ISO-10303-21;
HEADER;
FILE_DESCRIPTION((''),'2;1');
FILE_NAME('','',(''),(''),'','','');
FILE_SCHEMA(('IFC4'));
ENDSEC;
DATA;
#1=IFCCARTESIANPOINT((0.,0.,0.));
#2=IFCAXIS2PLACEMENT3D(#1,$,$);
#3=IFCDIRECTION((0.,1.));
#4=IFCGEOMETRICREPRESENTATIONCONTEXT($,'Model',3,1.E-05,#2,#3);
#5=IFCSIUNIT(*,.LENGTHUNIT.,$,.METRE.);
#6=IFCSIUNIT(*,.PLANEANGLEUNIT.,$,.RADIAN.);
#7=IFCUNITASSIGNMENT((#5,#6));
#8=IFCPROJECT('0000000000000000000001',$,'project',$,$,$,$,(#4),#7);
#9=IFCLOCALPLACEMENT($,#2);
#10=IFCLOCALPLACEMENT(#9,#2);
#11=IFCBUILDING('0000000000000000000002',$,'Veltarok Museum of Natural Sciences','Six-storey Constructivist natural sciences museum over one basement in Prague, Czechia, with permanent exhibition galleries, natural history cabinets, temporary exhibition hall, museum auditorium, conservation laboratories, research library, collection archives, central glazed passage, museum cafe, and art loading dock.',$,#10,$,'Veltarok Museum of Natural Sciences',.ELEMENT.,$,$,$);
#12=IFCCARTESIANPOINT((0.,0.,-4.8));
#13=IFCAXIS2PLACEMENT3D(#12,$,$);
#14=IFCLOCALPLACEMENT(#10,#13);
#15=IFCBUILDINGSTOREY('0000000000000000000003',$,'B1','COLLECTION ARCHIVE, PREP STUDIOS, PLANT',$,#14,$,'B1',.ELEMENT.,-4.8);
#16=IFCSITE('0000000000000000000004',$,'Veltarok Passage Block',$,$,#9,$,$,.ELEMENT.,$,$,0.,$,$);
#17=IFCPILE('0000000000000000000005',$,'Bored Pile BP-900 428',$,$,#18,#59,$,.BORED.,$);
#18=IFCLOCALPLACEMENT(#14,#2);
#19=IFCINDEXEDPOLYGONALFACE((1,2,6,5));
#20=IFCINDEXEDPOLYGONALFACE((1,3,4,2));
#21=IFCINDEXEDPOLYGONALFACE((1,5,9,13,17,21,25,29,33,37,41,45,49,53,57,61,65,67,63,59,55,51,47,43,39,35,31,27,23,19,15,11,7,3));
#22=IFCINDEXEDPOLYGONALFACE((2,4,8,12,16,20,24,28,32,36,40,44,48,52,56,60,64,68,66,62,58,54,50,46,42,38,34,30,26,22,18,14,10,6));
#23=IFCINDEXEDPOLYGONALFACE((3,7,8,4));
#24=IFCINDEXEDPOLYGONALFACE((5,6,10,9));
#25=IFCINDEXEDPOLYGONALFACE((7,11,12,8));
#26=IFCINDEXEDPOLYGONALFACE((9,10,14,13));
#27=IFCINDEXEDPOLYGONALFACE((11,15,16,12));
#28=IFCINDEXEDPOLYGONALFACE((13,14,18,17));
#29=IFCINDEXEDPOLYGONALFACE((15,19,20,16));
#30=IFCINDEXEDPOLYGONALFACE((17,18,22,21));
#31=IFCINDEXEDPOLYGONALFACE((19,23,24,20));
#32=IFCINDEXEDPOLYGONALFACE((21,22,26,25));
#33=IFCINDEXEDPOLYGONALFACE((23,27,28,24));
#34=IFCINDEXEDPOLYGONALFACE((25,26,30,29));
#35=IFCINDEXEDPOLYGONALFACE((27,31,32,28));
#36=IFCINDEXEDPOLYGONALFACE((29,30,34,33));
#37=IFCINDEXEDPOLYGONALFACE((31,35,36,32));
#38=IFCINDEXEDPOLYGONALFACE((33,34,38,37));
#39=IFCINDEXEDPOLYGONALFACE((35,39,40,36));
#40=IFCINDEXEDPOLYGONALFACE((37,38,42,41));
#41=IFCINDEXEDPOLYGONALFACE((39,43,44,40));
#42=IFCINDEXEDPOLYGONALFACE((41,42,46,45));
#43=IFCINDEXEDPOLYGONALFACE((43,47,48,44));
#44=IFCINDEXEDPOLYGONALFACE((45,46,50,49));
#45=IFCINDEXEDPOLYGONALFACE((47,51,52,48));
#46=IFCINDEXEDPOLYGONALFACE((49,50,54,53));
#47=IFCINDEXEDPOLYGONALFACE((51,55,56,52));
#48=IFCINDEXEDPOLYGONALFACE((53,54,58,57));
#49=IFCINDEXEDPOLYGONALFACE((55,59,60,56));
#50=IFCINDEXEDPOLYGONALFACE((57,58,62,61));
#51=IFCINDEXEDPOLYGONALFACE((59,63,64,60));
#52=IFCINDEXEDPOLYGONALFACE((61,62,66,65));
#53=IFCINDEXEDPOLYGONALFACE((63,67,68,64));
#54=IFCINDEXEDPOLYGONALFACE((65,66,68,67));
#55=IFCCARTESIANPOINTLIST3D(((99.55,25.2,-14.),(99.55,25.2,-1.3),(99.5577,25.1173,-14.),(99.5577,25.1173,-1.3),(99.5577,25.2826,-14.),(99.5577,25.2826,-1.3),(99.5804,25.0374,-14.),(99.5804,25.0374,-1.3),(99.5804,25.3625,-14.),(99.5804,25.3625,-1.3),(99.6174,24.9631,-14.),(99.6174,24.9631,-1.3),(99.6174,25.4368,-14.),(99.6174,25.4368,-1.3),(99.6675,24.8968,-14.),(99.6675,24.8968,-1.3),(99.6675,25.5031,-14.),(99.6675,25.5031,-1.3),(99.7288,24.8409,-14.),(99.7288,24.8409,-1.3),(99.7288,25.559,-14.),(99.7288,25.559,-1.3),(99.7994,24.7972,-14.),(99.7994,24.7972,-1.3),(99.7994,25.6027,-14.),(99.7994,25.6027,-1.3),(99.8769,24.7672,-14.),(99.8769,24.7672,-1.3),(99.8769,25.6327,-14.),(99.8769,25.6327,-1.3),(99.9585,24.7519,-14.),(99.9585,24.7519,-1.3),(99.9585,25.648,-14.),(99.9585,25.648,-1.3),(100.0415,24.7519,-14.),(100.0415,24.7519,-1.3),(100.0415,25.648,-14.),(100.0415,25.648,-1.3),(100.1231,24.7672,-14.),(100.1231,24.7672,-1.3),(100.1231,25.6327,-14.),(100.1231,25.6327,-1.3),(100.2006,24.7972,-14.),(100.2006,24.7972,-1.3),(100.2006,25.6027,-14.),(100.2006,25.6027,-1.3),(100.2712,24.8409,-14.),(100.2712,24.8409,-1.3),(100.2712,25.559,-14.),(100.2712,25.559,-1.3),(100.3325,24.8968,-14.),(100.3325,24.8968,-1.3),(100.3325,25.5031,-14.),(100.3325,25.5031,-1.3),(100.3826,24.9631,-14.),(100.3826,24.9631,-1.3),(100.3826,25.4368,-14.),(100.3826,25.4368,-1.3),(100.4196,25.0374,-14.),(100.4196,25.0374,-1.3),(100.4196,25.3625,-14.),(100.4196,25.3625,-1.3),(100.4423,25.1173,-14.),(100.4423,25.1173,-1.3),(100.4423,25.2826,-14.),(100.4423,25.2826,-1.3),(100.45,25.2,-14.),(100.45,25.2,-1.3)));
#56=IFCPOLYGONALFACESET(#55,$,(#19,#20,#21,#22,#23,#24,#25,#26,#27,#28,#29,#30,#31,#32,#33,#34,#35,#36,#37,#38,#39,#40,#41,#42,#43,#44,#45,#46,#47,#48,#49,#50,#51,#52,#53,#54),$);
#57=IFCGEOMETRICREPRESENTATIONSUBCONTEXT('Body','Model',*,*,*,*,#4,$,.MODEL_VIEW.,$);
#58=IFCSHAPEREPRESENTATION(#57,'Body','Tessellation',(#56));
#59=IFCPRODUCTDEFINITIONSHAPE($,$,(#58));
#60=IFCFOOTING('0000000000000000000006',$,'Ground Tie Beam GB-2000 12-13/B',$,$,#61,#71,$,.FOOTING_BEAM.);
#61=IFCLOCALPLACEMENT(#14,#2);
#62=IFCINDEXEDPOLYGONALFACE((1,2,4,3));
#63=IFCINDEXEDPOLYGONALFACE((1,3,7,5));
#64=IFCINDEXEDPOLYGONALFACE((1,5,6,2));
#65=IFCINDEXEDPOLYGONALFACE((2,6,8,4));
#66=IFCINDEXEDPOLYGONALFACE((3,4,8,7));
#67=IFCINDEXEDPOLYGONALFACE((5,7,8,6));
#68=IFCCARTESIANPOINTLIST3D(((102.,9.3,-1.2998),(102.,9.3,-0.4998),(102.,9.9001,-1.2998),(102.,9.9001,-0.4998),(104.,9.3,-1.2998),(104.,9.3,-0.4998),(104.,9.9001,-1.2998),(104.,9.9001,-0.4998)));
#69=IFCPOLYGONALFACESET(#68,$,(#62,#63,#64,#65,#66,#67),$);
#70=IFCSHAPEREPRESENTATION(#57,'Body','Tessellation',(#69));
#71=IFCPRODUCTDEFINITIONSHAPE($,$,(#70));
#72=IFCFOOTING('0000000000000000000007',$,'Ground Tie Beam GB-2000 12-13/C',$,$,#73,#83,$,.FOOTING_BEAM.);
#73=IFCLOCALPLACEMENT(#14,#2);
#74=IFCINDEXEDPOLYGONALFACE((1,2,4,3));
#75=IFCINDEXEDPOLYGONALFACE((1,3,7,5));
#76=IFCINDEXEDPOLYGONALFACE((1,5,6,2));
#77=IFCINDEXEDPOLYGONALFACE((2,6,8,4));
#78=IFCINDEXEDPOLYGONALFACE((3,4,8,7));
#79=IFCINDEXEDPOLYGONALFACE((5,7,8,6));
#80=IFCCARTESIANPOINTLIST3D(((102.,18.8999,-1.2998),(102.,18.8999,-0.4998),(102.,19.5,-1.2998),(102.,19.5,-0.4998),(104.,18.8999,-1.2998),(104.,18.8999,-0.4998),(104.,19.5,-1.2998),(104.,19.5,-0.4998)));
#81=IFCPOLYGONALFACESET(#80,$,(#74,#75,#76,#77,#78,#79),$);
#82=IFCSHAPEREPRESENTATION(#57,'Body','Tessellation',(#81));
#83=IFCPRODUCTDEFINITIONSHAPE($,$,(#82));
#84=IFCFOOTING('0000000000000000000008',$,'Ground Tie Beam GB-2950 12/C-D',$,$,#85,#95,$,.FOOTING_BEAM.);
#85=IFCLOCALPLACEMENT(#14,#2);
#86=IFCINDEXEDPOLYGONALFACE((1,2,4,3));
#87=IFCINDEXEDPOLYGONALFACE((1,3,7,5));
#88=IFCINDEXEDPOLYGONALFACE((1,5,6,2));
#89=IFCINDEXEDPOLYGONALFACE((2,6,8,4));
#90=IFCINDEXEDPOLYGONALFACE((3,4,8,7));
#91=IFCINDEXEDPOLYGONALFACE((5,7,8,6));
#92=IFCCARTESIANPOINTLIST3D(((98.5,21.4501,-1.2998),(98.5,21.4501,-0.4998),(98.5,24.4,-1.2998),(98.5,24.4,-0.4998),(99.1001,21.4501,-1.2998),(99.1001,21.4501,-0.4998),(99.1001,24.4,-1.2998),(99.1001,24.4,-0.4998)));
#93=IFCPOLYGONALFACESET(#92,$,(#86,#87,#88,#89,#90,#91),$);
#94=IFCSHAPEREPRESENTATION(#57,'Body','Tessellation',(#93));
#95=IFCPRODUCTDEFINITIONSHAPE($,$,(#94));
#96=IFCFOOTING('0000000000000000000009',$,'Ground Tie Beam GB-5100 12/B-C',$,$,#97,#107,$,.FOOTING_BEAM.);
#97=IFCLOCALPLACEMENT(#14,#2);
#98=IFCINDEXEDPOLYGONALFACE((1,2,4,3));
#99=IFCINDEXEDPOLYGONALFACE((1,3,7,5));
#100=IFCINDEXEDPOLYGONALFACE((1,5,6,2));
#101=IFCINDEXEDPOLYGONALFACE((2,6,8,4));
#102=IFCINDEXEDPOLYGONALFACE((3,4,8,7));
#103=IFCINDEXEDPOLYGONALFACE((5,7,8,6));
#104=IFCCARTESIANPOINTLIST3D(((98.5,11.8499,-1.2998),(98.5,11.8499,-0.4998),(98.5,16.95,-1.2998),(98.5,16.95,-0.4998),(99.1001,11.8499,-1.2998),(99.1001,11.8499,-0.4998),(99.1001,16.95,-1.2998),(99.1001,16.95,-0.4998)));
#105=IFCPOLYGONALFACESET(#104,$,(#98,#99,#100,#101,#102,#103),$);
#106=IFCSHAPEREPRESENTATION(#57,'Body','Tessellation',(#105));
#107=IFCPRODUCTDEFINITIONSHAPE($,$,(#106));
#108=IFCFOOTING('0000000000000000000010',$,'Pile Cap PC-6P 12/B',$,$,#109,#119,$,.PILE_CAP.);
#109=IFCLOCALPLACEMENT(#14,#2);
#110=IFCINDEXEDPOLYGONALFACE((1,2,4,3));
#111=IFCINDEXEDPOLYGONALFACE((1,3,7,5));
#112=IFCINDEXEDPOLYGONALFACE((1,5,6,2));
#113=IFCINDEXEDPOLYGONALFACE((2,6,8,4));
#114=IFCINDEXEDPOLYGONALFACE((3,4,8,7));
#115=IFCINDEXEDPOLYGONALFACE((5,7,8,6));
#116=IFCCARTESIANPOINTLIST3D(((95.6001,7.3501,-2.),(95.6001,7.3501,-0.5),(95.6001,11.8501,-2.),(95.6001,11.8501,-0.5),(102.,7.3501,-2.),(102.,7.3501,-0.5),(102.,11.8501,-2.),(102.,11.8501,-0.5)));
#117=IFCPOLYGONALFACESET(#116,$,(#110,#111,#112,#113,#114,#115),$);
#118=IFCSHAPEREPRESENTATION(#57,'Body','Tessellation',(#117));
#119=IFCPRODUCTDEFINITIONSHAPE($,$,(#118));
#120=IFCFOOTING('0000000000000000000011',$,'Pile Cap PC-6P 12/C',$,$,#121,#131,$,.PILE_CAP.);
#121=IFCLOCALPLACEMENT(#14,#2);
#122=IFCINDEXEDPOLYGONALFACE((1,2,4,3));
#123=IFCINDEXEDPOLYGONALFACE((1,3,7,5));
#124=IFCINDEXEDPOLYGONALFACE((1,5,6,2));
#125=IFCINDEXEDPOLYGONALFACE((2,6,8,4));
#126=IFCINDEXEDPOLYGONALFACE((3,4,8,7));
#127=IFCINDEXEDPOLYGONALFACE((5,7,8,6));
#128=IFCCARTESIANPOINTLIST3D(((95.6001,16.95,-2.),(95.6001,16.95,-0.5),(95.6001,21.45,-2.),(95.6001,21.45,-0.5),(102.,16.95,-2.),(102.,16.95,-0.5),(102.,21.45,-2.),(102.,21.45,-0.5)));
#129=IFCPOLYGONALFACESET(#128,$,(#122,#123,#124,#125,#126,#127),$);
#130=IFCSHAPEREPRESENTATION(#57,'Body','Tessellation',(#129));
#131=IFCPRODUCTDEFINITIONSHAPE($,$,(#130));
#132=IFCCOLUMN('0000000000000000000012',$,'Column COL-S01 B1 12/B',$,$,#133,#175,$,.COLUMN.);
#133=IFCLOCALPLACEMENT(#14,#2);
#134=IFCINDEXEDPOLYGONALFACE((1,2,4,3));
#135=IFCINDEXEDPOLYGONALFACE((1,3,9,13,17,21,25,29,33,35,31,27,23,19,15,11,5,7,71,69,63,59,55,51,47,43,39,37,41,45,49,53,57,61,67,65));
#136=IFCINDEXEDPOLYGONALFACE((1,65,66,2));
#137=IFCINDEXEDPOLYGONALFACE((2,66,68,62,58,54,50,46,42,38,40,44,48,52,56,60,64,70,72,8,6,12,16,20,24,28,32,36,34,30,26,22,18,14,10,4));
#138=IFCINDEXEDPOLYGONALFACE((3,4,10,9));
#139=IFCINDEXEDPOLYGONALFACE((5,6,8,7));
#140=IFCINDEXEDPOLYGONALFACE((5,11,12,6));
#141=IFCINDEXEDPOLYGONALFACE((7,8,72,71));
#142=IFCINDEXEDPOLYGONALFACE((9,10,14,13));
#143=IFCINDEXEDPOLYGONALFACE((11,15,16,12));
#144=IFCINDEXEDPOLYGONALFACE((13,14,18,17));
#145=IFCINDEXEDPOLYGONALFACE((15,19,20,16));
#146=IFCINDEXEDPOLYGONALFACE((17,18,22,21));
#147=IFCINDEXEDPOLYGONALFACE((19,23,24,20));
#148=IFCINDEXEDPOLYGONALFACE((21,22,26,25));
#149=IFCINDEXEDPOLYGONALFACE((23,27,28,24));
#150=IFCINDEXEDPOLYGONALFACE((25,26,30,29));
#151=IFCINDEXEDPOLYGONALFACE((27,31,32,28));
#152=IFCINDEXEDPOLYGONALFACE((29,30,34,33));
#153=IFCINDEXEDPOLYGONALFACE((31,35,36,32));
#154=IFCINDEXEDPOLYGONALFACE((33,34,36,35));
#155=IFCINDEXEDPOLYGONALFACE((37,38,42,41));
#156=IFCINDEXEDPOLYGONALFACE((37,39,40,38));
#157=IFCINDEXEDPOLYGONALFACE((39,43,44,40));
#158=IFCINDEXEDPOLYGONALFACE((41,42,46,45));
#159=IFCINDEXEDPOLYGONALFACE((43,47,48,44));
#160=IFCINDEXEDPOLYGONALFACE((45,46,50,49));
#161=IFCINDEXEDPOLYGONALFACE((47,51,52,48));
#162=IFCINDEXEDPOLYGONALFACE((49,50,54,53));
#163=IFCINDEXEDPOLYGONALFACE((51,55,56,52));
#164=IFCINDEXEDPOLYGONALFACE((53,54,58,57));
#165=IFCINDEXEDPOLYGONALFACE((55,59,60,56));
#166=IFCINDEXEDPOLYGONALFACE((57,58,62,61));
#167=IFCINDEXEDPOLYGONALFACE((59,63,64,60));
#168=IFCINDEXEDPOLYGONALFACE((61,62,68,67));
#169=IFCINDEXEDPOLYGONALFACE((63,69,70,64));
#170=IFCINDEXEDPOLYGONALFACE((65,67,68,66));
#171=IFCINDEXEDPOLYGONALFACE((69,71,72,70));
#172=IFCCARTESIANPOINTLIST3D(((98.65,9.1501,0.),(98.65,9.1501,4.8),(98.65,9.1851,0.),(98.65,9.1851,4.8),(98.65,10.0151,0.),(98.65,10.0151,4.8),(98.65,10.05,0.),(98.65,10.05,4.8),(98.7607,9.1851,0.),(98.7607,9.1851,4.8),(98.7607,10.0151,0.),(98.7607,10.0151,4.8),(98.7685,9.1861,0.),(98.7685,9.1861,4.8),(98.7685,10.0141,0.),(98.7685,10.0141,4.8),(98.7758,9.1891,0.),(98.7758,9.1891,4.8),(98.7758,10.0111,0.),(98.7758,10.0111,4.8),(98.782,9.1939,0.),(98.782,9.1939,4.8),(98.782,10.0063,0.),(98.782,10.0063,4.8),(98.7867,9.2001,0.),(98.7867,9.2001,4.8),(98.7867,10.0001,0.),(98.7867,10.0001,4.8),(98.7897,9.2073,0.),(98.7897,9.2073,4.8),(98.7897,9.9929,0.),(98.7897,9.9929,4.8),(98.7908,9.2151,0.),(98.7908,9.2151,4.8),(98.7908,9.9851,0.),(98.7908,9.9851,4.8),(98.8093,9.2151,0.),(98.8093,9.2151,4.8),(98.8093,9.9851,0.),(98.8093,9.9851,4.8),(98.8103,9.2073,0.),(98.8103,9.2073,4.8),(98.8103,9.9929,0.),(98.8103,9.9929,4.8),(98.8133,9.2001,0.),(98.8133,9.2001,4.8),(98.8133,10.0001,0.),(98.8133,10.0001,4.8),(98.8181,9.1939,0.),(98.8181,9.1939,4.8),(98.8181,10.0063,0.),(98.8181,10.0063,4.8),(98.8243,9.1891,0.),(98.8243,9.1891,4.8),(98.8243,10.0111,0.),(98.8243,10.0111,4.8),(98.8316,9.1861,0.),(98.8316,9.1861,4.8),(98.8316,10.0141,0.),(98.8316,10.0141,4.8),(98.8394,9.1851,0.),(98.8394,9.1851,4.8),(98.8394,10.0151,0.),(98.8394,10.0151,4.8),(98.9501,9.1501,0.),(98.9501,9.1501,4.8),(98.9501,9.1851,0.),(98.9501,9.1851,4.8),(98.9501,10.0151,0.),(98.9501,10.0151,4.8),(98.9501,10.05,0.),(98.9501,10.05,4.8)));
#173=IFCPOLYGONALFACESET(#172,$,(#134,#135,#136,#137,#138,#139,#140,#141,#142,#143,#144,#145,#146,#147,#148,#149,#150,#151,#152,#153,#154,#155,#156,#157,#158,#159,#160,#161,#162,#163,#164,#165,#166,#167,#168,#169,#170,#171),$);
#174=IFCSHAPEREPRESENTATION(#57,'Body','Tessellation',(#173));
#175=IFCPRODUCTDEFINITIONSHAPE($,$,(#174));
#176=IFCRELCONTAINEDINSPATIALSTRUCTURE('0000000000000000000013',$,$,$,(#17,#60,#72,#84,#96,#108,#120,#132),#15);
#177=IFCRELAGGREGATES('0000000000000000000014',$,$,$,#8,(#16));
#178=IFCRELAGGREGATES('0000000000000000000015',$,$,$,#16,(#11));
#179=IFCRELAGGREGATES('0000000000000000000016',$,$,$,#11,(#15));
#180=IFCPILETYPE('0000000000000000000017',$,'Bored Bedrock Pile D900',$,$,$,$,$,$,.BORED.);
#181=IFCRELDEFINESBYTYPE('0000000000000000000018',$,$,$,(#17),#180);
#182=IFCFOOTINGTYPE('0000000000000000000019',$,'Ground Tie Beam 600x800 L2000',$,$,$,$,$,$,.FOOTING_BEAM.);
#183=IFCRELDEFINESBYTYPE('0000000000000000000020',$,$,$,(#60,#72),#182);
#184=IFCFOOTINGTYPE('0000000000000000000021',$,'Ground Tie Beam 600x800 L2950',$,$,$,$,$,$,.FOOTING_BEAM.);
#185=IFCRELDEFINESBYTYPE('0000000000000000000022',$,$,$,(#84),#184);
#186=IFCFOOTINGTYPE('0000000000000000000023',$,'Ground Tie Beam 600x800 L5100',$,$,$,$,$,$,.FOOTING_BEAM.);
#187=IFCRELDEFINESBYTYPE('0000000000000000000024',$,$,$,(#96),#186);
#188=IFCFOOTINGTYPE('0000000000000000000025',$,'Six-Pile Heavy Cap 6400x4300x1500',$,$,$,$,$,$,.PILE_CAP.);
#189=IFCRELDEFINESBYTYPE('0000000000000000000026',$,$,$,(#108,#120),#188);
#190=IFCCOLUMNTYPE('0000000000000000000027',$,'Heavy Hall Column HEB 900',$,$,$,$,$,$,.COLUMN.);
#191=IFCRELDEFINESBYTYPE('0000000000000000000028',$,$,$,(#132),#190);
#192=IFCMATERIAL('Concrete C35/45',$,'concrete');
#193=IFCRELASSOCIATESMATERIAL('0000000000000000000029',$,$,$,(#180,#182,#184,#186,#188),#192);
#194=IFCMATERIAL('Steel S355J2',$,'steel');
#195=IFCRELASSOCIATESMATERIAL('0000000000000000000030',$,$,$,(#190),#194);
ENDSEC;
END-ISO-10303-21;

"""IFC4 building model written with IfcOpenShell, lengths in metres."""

from ifc_helpers import new_model, si_unit, direction, frame, origin, origin_2d, place, context, subcontext, project, spatial, rectangle, circle, i_section, extrude, material, material_profile, profile_set, type_object, element, save


model = new_model("IFC4")

# Units and contexts
model_context = context("Model", 3, precision=1e-05, world=origin(), true_north=direction((0.0, 1.0)))
body_context = subcontext(model_context, "Body", "Model", "MODEL_VIEW")
ifc_project = project(units=[si_unit("LENGTHUNIT", "METRE"), si_unit("PLANEANGLEUNIT", "RADIAN")], contexts=[model_context])

# Site, building, storey
site_placement = place(None, origin())
site = spatial("IfcSite", under=ifc_project, at=site_placement, Name="Veltarok Passage Block", CompositionType="ELEMENT", RefElevation=0.0)
building_placement = place(site_placement, origin())
building = spatial("IfcBuilding", under=site, at=building_placement, Name="Veltarok Museum of Natural Sciences", Description="Six-storey Constructivist natural sciences museum over one basement in Prague, Czechia, with permanent exhibition galleries, natural history cabinets, temporary exhibition hall, museum auditorium, conservation laboratories, research library, collection archives, central glazed passage, museum cafe, and art loading dock.", LongName="Veltarok Museum of Natural Sciences", CompositionType="ELEMENT")
storey_placement = place(building_placement, frame((0.0, 0.0, -4.8)))
storey = spatial("IfcBuildingStorey", under=building, at=storey_placement, Name="B1", Description="COLLECTION ARCHIVE, PREP STUDIOS, PLANT", LongName="B1", CompositionType="ELEMENT", Elevation=-4.8)

# Pile
ifc_material_1 = material(Name="Concrete C35/45", Category="concrete")
ifc_material_profile_1 = material_profile(ifc_material_1, circle(Radius=0.45, at=origin_2d()), Name="BP D900")
ifc_profile_set_1 = profile_set([ifc_material_profile_1], Name="Concrete C35/45")
pile_type_1 = type_object("IfcPileType", Name="Bored Bedrock Pile D900", PredefinedType="BORED", material=ifc_profile_set_1)
for number, where, z_axis, x_axis, name in (
    (1, (100.0, 25.2, -1.3), (0.0, 0.0, -1.0), (1.0, 0.0, 0.0), "Bored Pile BP-900 428"),
):
    element("IfcPile", number, at=place(storey_placement, frame(where, z_axis=z_axis, x_axis=x_axis)), inside=storey, type_object=pile_type_1, Name=name, PredefinedType="BORED", context=body_context, shape_type="SweptSolid", body=[
        extrude(circle(Radius=0.45, at=origin_2d()), origin(), (0.0, 0.0, 1.0), 12.7),
    ])

# Footings
footing_type_1 = type_object("IfcFootingType", Name="Ground Tie Beam 600x800 L2000", PredefinedType="FOOTING_BEAM", material=ifc_material_1)
for number, where, z_axis, x_axis, name in (
    (2, (103.0, 9.6001, -1.2998), (0.0, 0.0, 1.0), (1.0, 0.0, 0.0), "Ground Tie Beam GB-2000 12-13/B"),
    (3, (103.0, 19.2, -1.2998), (0.0, 0.0, 1.0), (1.0, 0.0, 0.0), "Ground Tie Beam GB-2000 12-13/C"),
):
    element("IfcFooting", number, at=place(storey_placement, frame(where, z_axis=z_axis, x_axis=x_axis)), inside=storey, type_object=footing_type_1, Name=name, PredefinedType="FOOTING_BEAM", context=body_context, shape_type="SweptSolid", body=[
        extrude(rectangle(XDim=2.0, YDim=0.6001, at=origin_2d()), origin(), (0.0, 0.0, 1.0), 0.8),
    ])
footing_type_2 = type_object("IfcFootingType", Name="Ground Tie Beam 600x800 L2950", PredefinedType="FOOTING_BEAM", material=ifc_material_1)
footing_1_placement = place(storey_placement, frame((98.8, 22.925, -1.2998), z_axis=(0.0, 0.0, 1.0), x_axis=(0.0, 1.0, 0.0)))
element("IfcFooting", 4, at=footing_1_placement, inside=storey, type_object=footing_type_2, Name="Ground Tie Beam GB-2950 12/C-D", PredefinedType="FOOTING_BEAM", context=body_context, shape_type="SweptSolid", body=[
    extrude(rectangle(XDim=2.95, YDim=0.6001, at=origin_2d()), origin(), (0.0, 0.0, 1.0), 0.8),
])
footing_type_3 = type_object("IfcFootingType", Name="Ground Tie Beam 600x800 L5100", PredefinedType="FOOTING_BEAM", material=ifc_material_1)
footing_2_placement = place(storey_placement, frame((98.8, 14.3999, -1.2998), z_axis=(0.0, 0.0, 1.0), x_axis=(0.0, 1.0, 0.0)))
element("IfcFooting", 5, at=footing_2_placement, inside=storey, type_object=footing_type_3, Name="Ground Tie Beam GB-5100 12/B-C", PredefinedType="FOOTING_BEAM", context=body_context, shape_type="SweptSolid", body=[
    extrude(rectangle(XDim=5.1001, YDim=0.6001, at=origin_2d()), origin(), (0.0, 0.0, 1.0), 0.8),
])
footing_type_4 = type_object("IfcFootingType", Name="Six-Pile Heavy Cap 6400x4300x1500", PredefinedType="PILE_CAP", material=ifc_material_1)
for number, where, z_axis, x_axis, name in (
    (6, (98.8, 9.6001, -2.0), (0.0, 0.0, 1.0), (1.0, 0.0, 0.0), "Pile Cap PC-6P 12/B"),
    (7, (98.8, 19.2, -2.0), (0.0, 0.0, 1.0), (1.0, 0.0, 0.0), "Pile Cap PC-6P 12/C"),
):
    element("IfcFooting", number, at=place(storey_placement, frame(where, z_axis=z_axis, x_axis=x_axis)), inside=storey, type_object=footing_type_4, Name=name, PredefinedType="PILE_CAP", context=body_context, shape_type="SweptSolid", body=[
        extrude(rectangle(XDim=6.3999, YDim=4.5, at=origin_2d()), origin(), (0.0, 0.0, 1.0), 1.5),
    ])

# Column
ifc_material_2 = material(Name="Steel S355J2", Category="steel")
ifc_material_profile_2 = material_profile(ifc_material_2, i_section(OverallWidth=0.3, OverallDepth=0.8999, WebThickness=0.0186, FlangeThickness=0.0349, FilletRadius=0.03, at=origin_2d()), Name="HEB 900")
ifc_profile_set_2 = profile_set([ifc_material_profile_2], Name="Steel S355J2")
column_type = type_object("IfcColumnType", Name="Heavy Hall Column HEB 900", PredefinedType="COLUMN", material=ifc_profile_set_2)
for number, where, z_axis, x_axis, name in (
    (8, (98.8, 9.6001, 0.0), (0.0, 0.0, 1.0), (1.0, 0.0, 0.0), "Column COL-S01 B1 12/B"),
):
    element("IfcColumn", number, at=place(storey_placement, frame(where, z_axis=z_axis, x_axis=x_axis)), inside=storey, type_object=column_type, Name=name, PredefinedType="COLUMN", context=body_context, shape_type="SweptSolid", body=[
        extrude(i_section(OverallWidth=0.3, OverallDepth=0.8999, WebThickness=0.0186, FlangeThickness=0.0349, FilletRadius=0.03, at=origin_2d()), origin(), (0.0, 0.0, 1.0), 4.8),
    ])

save(model, "model.ifc")
